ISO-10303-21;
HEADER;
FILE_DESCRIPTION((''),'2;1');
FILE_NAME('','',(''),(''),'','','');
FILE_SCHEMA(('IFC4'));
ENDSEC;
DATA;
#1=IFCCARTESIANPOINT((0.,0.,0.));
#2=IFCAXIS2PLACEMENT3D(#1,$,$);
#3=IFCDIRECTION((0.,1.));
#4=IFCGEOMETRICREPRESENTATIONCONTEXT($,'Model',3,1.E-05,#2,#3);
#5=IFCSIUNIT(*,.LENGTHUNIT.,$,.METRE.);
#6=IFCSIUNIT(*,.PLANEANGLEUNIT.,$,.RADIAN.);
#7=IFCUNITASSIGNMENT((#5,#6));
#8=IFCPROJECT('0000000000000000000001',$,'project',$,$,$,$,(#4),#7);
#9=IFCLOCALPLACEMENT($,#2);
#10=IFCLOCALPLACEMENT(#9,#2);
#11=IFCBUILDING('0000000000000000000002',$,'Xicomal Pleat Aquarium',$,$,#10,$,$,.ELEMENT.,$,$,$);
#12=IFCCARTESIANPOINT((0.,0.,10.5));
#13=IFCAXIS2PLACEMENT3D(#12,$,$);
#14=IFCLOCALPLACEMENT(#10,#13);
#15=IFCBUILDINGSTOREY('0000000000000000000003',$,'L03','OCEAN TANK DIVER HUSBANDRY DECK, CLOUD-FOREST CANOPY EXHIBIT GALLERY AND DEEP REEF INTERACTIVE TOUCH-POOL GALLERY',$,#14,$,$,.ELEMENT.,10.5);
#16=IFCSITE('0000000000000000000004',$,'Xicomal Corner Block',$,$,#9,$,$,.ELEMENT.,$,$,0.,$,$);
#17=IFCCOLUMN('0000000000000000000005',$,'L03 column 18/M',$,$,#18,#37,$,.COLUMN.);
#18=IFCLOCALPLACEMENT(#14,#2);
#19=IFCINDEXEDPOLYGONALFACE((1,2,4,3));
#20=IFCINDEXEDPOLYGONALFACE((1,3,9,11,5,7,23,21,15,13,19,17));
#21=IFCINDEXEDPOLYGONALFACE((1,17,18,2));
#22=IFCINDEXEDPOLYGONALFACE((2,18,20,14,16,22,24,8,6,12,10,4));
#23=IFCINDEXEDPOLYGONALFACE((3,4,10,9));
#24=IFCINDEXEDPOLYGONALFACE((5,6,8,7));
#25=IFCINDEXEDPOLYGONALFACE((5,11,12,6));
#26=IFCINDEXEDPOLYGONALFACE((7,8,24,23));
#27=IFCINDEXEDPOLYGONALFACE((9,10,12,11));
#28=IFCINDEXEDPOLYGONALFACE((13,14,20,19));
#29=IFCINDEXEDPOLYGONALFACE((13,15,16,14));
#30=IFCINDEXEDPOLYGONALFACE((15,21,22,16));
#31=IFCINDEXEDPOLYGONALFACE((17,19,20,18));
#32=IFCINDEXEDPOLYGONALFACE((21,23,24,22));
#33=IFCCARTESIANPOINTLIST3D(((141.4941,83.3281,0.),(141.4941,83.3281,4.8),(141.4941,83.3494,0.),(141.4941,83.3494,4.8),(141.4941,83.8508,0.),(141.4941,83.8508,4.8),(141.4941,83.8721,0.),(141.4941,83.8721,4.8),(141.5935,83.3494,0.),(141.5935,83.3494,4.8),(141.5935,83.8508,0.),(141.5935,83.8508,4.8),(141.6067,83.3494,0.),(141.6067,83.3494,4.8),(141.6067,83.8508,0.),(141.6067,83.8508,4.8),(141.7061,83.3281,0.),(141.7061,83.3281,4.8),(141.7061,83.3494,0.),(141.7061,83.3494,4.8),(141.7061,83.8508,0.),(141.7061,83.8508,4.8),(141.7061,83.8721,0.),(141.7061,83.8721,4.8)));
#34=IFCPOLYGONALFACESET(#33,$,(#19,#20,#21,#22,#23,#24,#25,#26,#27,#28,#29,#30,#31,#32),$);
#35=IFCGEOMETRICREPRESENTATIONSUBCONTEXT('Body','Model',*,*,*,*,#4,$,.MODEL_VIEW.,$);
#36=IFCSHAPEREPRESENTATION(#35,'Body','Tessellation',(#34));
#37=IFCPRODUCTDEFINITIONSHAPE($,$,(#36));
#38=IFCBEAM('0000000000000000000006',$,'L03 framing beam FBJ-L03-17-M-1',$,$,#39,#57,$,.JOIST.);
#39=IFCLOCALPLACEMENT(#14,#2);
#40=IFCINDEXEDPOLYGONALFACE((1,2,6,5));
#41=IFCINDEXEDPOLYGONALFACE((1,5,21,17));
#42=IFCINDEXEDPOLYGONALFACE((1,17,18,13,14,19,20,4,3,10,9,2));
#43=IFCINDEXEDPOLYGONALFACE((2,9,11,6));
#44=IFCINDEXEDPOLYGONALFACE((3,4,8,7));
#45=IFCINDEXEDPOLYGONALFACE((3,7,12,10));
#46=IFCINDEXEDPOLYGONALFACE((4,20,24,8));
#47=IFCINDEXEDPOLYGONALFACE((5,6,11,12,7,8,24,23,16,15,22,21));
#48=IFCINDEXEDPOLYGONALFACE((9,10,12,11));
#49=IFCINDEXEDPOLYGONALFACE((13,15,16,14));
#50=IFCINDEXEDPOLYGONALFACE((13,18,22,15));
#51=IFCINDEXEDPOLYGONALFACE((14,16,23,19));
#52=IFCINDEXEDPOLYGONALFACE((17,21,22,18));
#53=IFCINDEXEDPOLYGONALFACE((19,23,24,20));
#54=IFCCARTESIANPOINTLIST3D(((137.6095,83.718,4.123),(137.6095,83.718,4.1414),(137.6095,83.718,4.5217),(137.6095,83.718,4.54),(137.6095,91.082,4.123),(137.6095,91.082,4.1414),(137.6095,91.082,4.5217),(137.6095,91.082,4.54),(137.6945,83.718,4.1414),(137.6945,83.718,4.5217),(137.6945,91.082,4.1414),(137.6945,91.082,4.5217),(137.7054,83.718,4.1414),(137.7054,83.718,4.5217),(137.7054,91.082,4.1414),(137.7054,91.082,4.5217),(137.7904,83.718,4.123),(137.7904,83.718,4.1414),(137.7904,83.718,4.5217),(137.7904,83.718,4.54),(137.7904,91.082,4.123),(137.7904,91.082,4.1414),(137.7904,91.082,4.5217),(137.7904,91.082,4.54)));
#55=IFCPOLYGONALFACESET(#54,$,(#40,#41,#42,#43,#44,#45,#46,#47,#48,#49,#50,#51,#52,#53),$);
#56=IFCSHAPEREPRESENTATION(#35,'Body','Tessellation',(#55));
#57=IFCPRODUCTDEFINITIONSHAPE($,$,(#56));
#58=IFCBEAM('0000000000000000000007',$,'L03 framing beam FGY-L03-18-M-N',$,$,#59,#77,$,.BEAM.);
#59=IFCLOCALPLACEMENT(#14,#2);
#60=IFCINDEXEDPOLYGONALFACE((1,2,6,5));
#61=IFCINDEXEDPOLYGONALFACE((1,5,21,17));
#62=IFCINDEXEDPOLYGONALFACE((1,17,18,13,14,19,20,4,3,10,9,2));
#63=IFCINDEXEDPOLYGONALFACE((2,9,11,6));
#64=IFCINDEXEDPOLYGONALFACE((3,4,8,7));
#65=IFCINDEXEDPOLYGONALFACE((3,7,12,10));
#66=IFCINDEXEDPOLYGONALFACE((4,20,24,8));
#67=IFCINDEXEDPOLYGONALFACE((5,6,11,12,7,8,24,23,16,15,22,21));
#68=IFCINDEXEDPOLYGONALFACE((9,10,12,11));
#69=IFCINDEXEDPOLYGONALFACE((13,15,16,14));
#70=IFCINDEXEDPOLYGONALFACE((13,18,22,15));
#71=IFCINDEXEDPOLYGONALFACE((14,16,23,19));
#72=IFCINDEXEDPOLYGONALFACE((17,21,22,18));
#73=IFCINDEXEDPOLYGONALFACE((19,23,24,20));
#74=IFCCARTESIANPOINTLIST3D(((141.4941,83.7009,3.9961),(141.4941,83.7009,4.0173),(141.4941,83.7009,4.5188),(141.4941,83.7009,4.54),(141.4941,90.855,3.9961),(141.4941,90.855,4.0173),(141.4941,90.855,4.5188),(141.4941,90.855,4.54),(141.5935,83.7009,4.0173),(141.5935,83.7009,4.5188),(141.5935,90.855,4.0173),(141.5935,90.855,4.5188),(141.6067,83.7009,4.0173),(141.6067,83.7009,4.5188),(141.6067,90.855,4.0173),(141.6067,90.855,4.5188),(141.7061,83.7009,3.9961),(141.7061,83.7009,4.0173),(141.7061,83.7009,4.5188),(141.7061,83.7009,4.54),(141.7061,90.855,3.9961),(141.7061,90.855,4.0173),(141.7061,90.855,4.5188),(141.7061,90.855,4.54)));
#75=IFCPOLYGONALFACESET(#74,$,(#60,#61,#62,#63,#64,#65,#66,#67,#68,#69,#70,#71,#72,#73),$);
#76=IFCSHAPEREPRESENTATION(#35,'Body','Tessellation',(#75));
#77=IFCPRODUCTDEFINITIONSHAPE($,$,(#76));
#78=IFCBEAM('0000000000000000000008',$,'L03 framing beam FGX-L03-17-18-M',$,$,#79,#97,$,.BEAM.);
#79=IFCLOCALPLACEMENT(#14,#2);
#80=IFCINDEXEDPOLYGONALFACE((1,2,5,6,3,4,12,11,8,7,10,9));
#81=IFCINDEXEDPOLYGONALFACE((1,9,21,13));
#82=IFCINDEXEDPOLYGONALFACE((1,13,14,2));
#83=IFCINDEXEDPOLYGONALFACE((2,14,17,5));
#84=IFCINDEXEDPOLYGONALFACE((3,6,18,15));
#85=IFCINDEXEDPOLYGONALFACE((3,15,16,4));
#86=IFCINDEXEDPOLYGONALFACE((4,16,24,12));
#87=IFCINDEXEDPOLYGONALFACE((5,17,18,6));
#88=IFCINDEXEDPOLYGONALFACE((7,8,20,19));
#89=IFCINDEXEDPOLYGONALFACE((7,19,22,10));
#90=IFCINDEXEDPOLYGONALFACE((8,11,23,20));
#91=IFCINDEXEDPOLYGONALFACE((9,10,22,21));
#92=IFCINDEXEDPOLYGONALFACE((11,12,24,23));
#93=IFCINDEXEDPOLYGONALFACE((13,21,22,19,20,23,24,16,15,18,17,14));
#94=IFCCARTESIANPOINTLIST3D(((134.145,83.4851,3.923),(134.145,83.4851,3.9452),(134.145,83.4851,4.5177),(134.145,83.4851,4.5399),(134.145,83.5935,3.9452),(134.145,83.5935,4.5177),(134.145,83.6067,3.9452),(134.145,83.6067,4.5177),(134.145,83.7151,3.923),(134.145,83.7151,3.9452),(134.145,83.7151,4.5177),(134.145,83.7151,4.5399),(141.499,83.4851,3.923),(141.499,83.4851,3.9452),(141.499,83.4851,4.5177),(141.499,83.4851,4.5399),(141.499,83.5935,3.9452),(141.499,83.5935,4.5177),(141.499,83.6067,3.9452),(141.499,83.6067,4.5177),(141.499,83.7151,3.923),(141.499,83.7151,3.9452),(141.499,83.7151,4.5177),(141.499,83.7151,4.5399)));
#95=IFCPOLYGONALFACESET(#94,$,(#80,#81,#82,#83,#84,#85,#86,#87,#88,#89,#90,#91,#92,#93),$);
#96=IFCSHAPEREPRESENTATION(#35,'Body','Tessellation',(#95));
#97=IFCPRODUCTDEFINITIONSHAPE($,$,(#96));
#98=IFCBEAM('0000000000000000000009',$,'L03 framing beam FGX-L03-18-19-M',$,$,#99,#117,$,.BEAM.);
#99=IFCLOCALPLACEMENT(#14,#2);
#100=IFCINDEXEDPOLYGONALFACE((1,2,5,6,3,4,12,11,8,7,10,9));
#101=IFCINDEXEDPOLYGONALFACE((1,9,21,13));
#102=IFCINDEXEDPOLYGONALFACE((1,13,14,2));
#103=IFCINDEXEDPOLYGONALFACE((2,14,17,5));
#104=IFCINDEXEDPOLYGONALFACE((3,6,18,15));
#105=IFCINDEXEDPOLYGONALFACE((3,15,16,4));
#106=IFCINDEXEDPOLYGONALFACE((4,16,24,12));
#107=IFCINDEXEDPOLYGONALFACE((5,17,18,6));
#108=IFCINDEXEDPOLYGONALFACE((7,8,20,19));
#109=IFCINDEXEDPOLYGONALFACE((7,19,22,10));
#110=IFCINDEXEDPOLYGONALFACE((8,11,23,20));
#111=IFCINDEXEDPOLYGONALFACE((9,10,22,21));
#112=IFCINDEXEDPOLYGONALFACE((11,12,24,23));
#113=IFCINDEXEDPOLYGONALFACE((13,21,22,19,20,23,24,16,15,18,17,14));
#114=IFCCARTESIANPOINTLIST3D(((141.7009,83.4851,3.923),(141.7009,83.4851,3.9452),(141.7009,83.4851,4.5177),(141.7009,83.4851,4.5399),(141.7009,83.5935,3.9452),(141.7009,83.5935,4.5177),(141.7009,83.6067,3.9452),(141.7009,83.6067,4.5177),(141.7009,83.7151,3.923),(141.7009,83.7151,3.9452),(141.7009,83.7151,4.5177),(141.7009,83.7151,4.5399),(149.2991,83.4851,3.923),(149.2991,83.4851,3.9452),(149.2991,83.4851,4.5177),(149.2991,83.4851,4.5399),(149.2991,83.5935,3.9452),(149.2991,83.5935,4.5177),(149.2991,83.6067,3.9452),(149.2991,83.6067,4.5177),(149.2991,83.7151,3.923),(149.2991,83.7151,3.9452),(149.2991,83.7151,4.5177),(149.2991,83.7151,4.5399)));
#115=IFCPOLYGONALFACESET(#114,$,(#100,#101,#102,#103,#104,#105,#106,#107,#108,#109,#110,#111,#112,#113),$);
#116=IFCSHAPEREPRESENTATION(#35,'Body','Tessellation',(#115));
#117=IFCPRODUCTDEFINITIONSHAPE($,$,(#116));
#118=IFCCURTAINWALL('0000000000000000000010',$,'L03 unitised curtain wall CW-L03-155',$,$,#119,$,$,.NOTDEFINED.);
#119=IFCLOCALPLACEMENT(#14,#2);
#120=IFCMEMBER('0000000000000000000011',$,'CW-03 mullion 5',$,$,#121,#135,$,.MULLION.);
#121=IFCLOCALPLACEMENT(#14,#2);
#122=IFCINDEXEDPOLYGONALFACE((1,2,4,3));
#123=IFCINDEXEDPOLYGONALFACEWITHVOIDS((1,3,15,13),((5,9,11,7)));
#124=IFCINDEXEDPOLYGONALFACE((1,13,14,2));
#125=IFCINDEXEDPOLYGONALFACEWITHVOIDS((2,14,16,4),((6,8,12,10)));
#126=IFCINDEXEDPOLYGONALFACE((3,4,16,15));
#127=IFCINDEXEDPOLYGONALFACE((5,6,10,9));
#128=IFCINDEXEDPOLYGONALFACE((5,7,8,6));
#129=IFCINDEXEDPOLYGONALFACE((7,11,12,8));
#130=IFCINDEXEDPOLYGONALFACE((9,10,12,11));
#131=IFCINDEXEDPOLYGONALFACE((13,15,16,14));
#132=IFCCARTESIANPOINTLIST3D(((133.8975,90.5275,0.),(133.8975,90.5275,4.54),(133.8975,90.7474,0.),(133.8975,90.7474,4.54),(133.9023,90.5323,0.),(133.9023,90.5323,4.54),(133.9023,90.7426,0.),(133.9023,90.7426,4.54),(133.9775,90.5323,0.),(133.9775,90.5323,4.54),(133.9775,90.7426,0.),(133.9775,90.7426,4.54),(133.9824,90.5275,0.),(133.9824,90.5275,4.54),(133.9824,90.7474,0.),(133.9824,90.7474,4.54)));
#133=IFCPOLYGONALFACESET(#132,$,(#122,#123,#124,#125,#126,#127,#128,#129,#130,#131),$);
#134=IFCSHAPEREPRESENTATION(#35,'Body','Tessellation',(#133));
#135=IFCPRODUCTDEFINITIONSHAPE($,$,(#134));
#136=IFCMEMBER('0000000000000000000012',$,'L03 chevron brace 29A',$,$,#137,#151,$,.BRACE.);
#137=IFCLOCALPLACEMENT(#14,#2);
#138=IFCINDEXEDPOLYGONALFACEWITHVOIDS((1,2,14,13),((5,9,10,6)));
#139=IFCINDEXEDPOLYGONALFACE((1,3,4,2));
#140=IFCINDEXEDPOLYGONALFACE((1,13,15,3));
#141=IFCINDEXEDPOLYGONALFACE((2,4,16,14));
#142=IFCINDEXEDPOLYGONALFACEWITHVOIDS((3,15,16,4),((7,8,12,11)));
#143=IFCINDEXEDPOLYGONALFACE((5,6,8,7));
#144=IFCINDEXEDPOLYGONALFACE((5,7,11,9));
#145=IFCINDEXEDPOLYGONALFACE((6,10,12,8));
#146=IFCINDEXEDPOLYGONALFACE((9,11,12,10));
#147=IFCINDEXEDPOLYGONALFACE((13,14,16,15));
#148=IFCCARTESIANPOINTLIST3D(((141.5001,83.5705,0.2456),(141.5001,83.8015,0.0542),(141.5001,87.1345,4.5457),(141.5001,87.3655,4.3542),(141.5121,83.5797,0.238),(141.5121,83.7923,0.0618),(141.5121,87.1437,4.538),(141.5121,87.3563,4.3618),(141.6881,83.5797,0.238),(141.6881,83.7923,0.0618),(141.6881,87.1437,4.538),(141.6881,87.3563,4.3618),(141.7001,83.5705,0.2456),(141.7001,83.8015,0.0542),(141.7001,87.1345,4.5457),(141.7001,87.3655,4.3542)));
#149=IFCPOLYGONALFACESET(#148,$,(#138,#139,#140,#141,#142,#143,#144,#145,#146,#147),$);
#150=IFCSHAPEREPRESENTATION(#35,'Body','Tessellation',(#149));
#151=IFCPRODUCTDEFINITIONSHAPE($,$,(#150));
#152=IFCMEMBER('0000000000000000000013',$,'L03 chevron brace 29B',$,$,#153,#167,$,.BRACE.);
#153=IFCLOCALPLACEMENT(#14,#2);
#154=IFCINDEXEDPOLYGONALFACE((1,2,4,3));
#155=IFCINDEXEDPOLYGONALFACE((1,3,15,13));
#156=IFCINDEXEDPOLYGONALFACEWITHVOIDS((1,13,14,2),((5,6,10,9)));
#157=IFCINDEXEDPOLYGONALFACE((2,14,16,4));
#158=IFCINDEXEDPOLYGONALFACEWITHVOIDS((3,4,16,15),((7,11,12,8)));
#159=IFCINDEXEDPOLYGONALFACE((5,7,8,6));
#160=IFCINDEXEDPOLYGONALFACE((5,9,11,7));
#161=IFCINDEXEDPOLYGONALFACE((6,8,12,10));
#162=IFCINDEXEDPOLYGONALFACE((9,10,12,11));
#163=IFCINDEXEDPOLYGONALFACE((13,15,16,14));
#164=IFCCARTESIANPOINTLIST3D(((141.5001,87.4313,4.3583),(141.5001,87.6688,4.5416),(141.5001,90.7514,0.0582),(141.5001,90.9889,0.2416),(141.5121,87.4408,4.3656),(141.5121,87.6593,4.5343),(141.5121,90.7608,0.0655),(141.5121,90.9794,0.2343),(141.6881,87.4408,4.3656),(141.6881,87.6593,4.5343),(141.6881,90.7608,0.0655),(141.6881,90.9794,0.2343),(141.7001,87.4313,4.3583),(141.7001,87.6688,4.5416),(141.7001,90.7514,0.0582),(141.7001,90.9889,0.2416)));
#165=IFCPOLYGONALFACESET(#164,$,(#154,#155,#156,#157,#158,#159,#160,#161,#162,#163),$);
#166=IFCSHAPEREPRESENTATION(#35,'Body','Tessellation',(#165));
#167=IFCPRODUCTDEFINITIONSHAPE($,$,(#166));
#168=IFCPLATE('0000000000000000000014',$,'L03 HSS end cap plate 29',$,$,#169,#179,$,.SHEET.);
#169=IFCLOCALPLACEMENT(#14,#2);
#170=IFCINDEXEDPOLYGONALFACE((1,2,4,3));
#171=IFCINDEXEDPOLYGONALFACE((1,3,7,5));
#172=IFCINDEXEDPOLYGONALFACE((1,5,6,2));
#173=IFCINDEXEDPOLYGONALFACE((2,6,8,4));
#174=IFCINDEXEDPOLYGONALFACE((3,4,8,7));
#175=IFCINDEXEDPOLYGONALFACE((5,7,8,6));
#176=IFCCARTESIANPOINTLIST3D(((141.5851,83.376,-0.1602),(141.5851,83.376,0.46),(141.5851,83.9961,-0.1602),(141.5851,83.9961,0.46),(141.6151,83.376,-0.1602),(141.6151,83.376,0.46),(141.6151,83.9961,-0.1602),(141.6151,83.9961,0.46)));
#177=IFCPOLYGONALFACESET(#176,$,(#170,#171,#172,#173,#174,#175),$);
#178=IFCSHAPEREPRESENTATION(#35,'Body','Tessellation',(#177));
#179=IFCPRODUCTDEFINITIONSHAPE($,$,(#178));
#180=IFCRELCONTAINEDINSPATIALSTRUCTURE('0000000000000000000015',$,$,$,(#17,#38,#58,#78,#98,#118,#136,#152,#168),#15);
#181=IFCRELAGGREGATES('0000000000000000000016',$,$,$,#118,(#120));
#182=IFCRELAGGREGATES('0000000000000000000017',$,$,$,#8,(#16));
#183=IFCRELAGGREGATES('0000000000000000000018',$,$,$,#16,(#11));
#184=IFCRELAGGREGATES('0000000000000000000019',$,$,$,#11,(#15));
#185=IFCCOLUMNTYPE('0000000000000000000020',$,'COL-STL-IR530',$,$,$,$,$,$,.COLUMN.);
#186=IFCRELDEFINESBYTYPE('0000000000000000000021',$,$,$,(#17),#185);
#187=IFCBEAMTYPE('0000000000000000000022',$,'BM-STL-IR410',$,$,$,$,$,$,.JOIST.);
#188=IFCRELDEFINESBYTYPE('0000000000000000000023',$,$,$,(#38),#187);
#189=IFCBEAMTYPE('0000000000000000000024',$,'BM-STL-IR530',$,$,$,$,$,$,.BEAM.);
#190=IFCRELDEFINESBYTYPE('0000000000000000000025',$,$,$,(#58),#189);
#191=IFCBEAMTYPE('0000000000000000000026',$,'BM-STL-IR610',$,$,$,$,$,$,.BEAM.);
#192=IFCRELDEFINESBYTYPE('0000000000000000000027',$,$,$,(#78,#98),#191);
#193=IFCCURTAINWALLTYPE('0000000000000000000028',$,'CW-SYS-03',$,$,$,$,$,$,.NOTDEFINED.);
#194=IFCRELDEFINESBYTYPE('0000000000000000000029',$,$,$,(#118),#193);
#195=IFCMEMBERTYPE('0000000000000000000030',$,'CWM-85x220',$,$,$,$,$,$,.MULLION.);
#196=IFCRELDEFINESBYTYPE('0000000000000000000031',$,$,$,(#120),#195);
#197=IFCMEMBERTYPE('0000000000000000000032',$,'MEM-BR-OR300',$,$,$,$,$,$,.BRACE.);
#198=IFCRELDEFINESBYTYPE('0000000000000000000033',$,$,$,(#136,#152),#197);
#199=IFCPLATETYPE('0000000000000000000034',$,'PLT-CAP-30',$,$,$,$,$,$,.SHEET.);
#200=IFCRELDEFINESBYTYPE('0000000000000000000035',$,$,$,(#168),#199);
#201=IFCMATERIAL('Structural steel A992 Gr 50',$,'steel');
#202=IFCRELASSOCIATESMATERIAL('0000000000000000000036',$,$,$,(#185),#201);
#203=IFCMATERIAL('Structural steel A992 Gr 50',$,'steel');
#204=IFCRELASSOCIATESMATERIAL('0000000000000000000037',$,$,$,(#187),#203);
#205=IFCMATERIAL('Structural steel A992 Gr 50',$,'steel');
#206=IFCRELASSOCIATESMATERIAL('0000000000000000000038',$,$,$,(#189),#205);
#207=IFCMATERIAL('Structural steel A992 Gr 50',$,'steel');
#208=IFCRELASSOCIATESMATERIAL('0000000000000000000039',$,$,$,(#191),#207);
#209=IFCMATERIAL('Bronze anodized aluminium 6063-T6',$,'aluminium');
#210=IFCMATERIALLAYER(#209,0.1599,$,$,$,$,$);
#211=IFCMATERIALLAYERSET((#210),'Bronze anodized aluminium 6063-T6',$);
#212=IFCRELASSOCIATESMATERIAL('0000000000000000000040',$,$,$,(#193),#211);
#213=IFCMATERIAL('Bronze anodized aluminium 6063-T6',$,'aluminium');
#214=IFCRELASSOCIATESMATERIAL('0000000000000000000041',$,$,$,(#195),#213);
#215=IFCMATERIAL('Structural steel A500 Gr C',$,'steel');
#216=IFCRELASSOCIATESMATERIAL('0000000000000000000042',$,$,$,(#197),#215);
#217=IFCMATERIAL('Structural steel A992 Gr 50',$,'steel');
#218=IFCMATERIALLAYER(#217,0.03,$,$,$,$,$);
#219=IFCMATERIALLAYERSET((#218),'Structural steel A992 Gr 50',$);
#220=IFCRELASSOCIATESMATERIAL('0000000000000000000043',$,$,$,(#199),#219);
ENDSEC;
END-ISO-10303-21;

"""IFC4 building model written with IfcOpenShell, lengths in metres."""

from ifc_helpers import new_model, si_unit, direction, frame, origin, origin_2d, place, context, subcontext, project, spatial, rectangle, hollow_rectangle, i_section, extrude, material, layer, layer_set, material_profile, profile_set, type_object, element, aggregate, save


model = new_model("IFC4")

# Units and contexts
model_context = context("Model", 3, precision=1e-05, world=origin(), true_north=direction((0.0, 1.0)))
body_context = subcontext(model_context, "Body", "Model", "MODEL_VIEW")
ifc_project = project(units=[si_unit("LENGTHUNIT", "METRE"), si_unit("PLANEANGLEUNIT", "RADIAN")], contexts=[model_context])

# Site, building, storey
site_placement = place(None, origin())
site = spatial("IfcSite", under=ifc_project, at=site_placement, Name="Xicomal Corner Block", CompositionType="ELEMENT", RefElevation=0.0)
building_placement = place(site_placement, origin())
building = spatial("IfcBuilding", under=site, at=building_placement, Name="Xicomal Pleat Aquarium", CompositionType="ELEMENT")
storey_placement = place(building_placement, frame((0.0, 0.0, 10.5)))
storey = spatial("IfcBuildingStorey", under=building, at=storey_placement, Name="L03", Description="OCEAN TANK DIVER HUSBANDRY DECK, CLOUD-FOREST CANOPY EXHIBIT GALLERY AND DEEP REEF INTERACTIVE TOUCH-POOL GALLERY", CompositionType="ELEMENT", Elevation=10.5)

# Column
ifc_material_1 = material(Name="Structural steel A992 Gr 50", Category="steel")
ifc_material_profile_1 = material_profile(ifc_material_1, i_section(OverallWidth=0.2119, OverallDepth=0.5439, WebThickness=0.0132, FlangeThickness=0.0212, at=origin_2d()), Name="IR 530x123")
ifc_profile_set_1 = profile_set([ifc_material_profile_1], Name="Structural steel A992 Gr 50")
column_type = type_object("IfcColumnType", Name="COL-STL-IR530", PredefinedType="COLUMN", material=ifc_profile_set_1)
column_placement = place(storey_placement, frame((141.6001, 83.6001, 0.0), z_axis=(0.0, 0.0, 1.0), x_axis=(1.0, 0.0, 0.0)))
element("IfcColumn", 1, at=column_placement, inside=storey, type_object=column_type, Name="L03 column 18/M", PredefinedType="COLUMN", context=body_context, shape_type="SweptSolid", body=[
    extrude(i_section(OverallWidth=0.2119, OverallDepth=0.5439, WebThickness=0.0132, FlangeThickness=0.0212, at=origin_2d()), origin(), (0.0, 0.0, 1.0), 4.8),
])

# Beams
ifc_material_2 = material(Name="Structural steel A992 Gr 50", Category="steel")
ifc_material_profile_2 = material_profile(ifc_material_2, i_section(OverallWidth=0.1809, OverallDepth=0.417, WebThickness=0.011, FlangeThickness=0.0183, at=origin_2d()), Name="IR 410x85")
ifc_profile_set_2 = profile_set([ifc_material_profile_2], Name="Structural steel A992 Gr 50")
beam_type_1 = type_object("IfcBeamType", Name="BM-STL-IR410", PredefinedType="JOIST", material=ifc_profile_set_2)
beam_1_placement = place(storey_placement, frame((137.7, 83.718, 4.3315), z_axis=(0.0, 1.0, 0.0), x_axis=(-1.0, 0.0, 0.0)))
element("IfcBeam", 2, at=beam_1_placement, inside=storey, type_object=beam_type_1, Name="L03 framing beam FBJ-L03-17-M-1", PredefinedType="JOIST", context=body_context, shape_type="SweptSolid", body=[
    extrude(i_section(OverallWidth=0.1809, OverallDepth=0.417, WebThickness=0.011, FlangeThickness=0.0183, at=origin_2d()), origin(), (0.0, 0.0, 1.0), 7.364),
])
ifc_material_3 = material(Name="Structural steel A992 Gr 50", Category="steel")
ifc_material_profile_3 = material_profile(ifc_material_3, i_section(OverallWidth=0.2119, OverallDepth=0.5439, WebThickness=0.0132, FlangeThickness=0.0212, at=origin_2d()), Name="IR 530x123")
ifc_profile_set_3 = profile_set([ifc_material_profile_3], Name="Structural steel A992 Gr 50")
beam_type_2 = type_object("IfcBeamType", Name="BM-STL-IR530", PredefinedType="BEAM", material=ifc_profile_set_3)
beam_2_placement = place(storey_placement, frame((141.6001, 83.7009, 4.2681), z_axis=(0.0, 1.0, 0.0), x_axis=(-1.0, 0.0, 0.0)))
element("IfcBeam", 3, at=beam_2_placement, inside=storey, type_object=beam_type_2, Name="L03 framing beam FGY-L03-18-M-N", PredefinedType="BEAM", context=body_context, shape_type="SweptSolid", body=[
    extrude(i_section(OverallWidth=0.2119, OverallDepth=0.5439, WebThickness=0.0132, FlangeThickness=0.0212, at=origin_2d()), origin(), (0.0, 0.0, 1.0), 7.1541),
])
ifc_material_4 = material(Name="Structural steel A992 Gr 50", Category="steel")
ifc_material_profile_4 = material_profile(ifc_material_4, i_section(OverallWidth=0.23, OverallDepth=0.6169, WebThickness=0.0132, FlangeThickness=0.0222, at=origin_2d()), Name="IR 610x140")
ifc_profile_set_4 = profile_set([ifc_material_profile_4], Name="Structural steel A992 Gr 50")
beam_type_3 = type_object("IfcBeamType", Name="BM-STL-IR610", PredefinedType="BEAM", material=ifc_profile_set_4)
beam_3_placement = place(storey_placement, frame((134.145, 83.6001, 4.2314), z_axis=(1.0, 0.0, 0.0), x_axis=(0.0, 1.0, 0.0)))
element("IfcBeam", 4, at=beam_3_placement, inside=storey, type_object=beam_type_3, Name="L03 framing beam FGX-L03-17-18-M", PredefinedType="BEAM", context=body_context, shape_type="SweptSolid", body=[
    extrude(i_section(OverallWidth=0.23, OverallDepth=0.6169, WebThickness=0.0132, FlangeThickness=0.0222, at=origin_2d()), origin(), (0.0, 0.0, 1.0), 7.354),
])
beam_4_placement = place(storey_placement, frame((141.7009, 83.6001, 4.2314), z_axis=(1.0, 0.0, 0.0), x_axis=(0.0, 1.0, 0.0)))
element("IfcBeam", 5, at=beam_4_placement, inside=storey, type_object=beam_type_3, Name="L03 framing beam FGX-L03-18-19-M", PredefinedType="BEAM", context=body_context, shape_type="SweptSolid", body=[
    extrude(i_section(OverallWidth=0.23, OverallDepth=0.6169, WebThickness=0.0132, FlangeThickness=0.0222, at=origin_2d()), origin(), (0.0, 0.0, 1.0), 7.5981),
])

# Curtain wall, member
ifc_material_5 = material(Name="Bronze anodized aluminium 6063-T6", Category="aluminium")
ifc_layer_1 = layer(ifc_material_5, 0.1599)
ifc_layer_set_1 = layer_set([ifc_layer_1], Name="Bronze anodized aluminium 6063-T6")
curtain_wall_type = type_object("IfcCurtainWallType", Name="CW-SYS-03", PredefinedType="NOTDEFINED", material=ifc_layer_set_1)
curtain_wall_placement = place(storey_placement, origin())
curtain_wall = element("IfcCurtainWall", 6, at=curtain_wall_placement, inside=storey, type_object=curtain_wall_type, Name="L03 unitised curtain wall CW-L03-155", PredefinedType="NOTDEFINED")
ifc_material_6 = material(Name="Bronze anodized aluminium 6063-T6", Category="aluminium")
ifc_material_profile_5 = material_profile(ifc_material_6, hollow_rectangle(XDim=0.085, YDim=0.22, WallThickness=0.0049, at=origin_2d()), Name="ALU MULL 85x220")
ifc_profile_set_5 = profile_set([ifc_material_profile_5], Name="Bronze anodized aluminium 6063-T6")
member_type_1 = type_object("IfcMemberType", Name="CWM-85x220", PredefinedType="MULLION", material=ifc_profile_set_5)
member_1_placement = place(storey_placement, frame((133.9399, 90.6375, 0.0), z_axis=(0.0, 0.0, 1.0), x_axis=(-1.0, 0.0, 0.0)))
member_1 = element("IfcMember", 7, at=member_1_placement, type_object=member_type_1, Name="CW-03 mullion 5", PredefinedType="MULLION", context=body_context, shape_type="SweptSolid", body=[
    extrude(hollow_rectangle(XDim=0.085, YDim=0.22, WallThickness=0.0049, at=origin_2d()), origin(), (0.0, 0.0, 1.0), 4.54),
])
aggregate(curtain_wall, [member_1])

# Members
ifc_material_7 = material(Name="Structural steel A500 Gr C", Category="steel")
ifc_material_profile_6 = material_profile(ifc_material_7, hollow_rectangle(XDim=0.2, YDim=0.3, WallThickness=0.012, at=origin_2d()), Name="OR 300x200x12")
ifc_profile_set_6 = profile_set([ifc_material_profile_6], Name="Structural steel A500 Gr C")
member_type_2 = type_object("IfcMemberType", Name="MEM-BR-OR300", PredefinedType="BRACE", material=ifc_profile_set_6)
member_2_placement = place(storey_placement, frame((141.6001, 83.686, 0.1499), z_axis=(0.0, 0.638131, 0.769928), x_axis=(-1.0, 0.0, 0.0)))
element("IfcMember", 8, at=member_2_placement, inside=storey, type_object=member_type_2, Name="L03 chevron brace 29A", PredefinedType="BRACE", context=body_context, shape_type="SweptSolid", body=[
    extrude(hollow_rectangle(XDim=0.2, YDim=0.3, WallThickness=0.012, at=origin_2d()), origin(), (0.0, 0.0, 1.0), 5.585),
])
member_3_placement = place(storey_placement, frame((141.6001, 90.8701, 0.1499), z_axis=(0.0, -0.611137, 0.791525), x_axis=(1.0, 0.0, 0.0)))
element("IfcMember", 9, at=member_3_placement, inside=storey, type_object=member_type_2, Name="L03 chevron brace 29B", PredefinedType="BRACE", context=body_context, shape_type="SweptSolid", body=[
    extrude(hollow_rectangle(XDim=0.2, YDim=0.3, WallThickness=0.012, at=origin_2d()), origin(), (0.0, 0.0, 1.0), 5.4326),
])

# Plate
ifc_material_8 = material(Name="Structural steel A992 Gr 50", Category="steel")
ifc_layer_2 = layer(ifc_material_8, 0.03)
ifc_layer_set_2 = layer_set([ifc_layer_2], Name="Structural steel A992 Gr 50")
plate_type_1 = type_object("IfcPlateType", Name="PLT-CAP-30", PredefinedType="SHEET", material=ifc_layer_set_2)
plate_1_placement = place(storey_placement, frame((141.6001, 83.686, -0.1602), z_axis=(0.0, 0.0, 1.0), x_axis=(0.0, 1.0, 0.0)))
element("IfcPlate", 10, at=plate_1_placement, inside=storey, type_object=plate_type_1, Name="L03 HSS end cap plate 29", PredefinedType="SHEET", context=body_context, shape_type="SweptSolid", body=[
    extrude(rectangle(XDim=0.6201, YDim=0.03, at=origin_2d()), origin(), (0.0, 0.0, 1.0), 0.6201),
])

save(model, "model.ifc")
